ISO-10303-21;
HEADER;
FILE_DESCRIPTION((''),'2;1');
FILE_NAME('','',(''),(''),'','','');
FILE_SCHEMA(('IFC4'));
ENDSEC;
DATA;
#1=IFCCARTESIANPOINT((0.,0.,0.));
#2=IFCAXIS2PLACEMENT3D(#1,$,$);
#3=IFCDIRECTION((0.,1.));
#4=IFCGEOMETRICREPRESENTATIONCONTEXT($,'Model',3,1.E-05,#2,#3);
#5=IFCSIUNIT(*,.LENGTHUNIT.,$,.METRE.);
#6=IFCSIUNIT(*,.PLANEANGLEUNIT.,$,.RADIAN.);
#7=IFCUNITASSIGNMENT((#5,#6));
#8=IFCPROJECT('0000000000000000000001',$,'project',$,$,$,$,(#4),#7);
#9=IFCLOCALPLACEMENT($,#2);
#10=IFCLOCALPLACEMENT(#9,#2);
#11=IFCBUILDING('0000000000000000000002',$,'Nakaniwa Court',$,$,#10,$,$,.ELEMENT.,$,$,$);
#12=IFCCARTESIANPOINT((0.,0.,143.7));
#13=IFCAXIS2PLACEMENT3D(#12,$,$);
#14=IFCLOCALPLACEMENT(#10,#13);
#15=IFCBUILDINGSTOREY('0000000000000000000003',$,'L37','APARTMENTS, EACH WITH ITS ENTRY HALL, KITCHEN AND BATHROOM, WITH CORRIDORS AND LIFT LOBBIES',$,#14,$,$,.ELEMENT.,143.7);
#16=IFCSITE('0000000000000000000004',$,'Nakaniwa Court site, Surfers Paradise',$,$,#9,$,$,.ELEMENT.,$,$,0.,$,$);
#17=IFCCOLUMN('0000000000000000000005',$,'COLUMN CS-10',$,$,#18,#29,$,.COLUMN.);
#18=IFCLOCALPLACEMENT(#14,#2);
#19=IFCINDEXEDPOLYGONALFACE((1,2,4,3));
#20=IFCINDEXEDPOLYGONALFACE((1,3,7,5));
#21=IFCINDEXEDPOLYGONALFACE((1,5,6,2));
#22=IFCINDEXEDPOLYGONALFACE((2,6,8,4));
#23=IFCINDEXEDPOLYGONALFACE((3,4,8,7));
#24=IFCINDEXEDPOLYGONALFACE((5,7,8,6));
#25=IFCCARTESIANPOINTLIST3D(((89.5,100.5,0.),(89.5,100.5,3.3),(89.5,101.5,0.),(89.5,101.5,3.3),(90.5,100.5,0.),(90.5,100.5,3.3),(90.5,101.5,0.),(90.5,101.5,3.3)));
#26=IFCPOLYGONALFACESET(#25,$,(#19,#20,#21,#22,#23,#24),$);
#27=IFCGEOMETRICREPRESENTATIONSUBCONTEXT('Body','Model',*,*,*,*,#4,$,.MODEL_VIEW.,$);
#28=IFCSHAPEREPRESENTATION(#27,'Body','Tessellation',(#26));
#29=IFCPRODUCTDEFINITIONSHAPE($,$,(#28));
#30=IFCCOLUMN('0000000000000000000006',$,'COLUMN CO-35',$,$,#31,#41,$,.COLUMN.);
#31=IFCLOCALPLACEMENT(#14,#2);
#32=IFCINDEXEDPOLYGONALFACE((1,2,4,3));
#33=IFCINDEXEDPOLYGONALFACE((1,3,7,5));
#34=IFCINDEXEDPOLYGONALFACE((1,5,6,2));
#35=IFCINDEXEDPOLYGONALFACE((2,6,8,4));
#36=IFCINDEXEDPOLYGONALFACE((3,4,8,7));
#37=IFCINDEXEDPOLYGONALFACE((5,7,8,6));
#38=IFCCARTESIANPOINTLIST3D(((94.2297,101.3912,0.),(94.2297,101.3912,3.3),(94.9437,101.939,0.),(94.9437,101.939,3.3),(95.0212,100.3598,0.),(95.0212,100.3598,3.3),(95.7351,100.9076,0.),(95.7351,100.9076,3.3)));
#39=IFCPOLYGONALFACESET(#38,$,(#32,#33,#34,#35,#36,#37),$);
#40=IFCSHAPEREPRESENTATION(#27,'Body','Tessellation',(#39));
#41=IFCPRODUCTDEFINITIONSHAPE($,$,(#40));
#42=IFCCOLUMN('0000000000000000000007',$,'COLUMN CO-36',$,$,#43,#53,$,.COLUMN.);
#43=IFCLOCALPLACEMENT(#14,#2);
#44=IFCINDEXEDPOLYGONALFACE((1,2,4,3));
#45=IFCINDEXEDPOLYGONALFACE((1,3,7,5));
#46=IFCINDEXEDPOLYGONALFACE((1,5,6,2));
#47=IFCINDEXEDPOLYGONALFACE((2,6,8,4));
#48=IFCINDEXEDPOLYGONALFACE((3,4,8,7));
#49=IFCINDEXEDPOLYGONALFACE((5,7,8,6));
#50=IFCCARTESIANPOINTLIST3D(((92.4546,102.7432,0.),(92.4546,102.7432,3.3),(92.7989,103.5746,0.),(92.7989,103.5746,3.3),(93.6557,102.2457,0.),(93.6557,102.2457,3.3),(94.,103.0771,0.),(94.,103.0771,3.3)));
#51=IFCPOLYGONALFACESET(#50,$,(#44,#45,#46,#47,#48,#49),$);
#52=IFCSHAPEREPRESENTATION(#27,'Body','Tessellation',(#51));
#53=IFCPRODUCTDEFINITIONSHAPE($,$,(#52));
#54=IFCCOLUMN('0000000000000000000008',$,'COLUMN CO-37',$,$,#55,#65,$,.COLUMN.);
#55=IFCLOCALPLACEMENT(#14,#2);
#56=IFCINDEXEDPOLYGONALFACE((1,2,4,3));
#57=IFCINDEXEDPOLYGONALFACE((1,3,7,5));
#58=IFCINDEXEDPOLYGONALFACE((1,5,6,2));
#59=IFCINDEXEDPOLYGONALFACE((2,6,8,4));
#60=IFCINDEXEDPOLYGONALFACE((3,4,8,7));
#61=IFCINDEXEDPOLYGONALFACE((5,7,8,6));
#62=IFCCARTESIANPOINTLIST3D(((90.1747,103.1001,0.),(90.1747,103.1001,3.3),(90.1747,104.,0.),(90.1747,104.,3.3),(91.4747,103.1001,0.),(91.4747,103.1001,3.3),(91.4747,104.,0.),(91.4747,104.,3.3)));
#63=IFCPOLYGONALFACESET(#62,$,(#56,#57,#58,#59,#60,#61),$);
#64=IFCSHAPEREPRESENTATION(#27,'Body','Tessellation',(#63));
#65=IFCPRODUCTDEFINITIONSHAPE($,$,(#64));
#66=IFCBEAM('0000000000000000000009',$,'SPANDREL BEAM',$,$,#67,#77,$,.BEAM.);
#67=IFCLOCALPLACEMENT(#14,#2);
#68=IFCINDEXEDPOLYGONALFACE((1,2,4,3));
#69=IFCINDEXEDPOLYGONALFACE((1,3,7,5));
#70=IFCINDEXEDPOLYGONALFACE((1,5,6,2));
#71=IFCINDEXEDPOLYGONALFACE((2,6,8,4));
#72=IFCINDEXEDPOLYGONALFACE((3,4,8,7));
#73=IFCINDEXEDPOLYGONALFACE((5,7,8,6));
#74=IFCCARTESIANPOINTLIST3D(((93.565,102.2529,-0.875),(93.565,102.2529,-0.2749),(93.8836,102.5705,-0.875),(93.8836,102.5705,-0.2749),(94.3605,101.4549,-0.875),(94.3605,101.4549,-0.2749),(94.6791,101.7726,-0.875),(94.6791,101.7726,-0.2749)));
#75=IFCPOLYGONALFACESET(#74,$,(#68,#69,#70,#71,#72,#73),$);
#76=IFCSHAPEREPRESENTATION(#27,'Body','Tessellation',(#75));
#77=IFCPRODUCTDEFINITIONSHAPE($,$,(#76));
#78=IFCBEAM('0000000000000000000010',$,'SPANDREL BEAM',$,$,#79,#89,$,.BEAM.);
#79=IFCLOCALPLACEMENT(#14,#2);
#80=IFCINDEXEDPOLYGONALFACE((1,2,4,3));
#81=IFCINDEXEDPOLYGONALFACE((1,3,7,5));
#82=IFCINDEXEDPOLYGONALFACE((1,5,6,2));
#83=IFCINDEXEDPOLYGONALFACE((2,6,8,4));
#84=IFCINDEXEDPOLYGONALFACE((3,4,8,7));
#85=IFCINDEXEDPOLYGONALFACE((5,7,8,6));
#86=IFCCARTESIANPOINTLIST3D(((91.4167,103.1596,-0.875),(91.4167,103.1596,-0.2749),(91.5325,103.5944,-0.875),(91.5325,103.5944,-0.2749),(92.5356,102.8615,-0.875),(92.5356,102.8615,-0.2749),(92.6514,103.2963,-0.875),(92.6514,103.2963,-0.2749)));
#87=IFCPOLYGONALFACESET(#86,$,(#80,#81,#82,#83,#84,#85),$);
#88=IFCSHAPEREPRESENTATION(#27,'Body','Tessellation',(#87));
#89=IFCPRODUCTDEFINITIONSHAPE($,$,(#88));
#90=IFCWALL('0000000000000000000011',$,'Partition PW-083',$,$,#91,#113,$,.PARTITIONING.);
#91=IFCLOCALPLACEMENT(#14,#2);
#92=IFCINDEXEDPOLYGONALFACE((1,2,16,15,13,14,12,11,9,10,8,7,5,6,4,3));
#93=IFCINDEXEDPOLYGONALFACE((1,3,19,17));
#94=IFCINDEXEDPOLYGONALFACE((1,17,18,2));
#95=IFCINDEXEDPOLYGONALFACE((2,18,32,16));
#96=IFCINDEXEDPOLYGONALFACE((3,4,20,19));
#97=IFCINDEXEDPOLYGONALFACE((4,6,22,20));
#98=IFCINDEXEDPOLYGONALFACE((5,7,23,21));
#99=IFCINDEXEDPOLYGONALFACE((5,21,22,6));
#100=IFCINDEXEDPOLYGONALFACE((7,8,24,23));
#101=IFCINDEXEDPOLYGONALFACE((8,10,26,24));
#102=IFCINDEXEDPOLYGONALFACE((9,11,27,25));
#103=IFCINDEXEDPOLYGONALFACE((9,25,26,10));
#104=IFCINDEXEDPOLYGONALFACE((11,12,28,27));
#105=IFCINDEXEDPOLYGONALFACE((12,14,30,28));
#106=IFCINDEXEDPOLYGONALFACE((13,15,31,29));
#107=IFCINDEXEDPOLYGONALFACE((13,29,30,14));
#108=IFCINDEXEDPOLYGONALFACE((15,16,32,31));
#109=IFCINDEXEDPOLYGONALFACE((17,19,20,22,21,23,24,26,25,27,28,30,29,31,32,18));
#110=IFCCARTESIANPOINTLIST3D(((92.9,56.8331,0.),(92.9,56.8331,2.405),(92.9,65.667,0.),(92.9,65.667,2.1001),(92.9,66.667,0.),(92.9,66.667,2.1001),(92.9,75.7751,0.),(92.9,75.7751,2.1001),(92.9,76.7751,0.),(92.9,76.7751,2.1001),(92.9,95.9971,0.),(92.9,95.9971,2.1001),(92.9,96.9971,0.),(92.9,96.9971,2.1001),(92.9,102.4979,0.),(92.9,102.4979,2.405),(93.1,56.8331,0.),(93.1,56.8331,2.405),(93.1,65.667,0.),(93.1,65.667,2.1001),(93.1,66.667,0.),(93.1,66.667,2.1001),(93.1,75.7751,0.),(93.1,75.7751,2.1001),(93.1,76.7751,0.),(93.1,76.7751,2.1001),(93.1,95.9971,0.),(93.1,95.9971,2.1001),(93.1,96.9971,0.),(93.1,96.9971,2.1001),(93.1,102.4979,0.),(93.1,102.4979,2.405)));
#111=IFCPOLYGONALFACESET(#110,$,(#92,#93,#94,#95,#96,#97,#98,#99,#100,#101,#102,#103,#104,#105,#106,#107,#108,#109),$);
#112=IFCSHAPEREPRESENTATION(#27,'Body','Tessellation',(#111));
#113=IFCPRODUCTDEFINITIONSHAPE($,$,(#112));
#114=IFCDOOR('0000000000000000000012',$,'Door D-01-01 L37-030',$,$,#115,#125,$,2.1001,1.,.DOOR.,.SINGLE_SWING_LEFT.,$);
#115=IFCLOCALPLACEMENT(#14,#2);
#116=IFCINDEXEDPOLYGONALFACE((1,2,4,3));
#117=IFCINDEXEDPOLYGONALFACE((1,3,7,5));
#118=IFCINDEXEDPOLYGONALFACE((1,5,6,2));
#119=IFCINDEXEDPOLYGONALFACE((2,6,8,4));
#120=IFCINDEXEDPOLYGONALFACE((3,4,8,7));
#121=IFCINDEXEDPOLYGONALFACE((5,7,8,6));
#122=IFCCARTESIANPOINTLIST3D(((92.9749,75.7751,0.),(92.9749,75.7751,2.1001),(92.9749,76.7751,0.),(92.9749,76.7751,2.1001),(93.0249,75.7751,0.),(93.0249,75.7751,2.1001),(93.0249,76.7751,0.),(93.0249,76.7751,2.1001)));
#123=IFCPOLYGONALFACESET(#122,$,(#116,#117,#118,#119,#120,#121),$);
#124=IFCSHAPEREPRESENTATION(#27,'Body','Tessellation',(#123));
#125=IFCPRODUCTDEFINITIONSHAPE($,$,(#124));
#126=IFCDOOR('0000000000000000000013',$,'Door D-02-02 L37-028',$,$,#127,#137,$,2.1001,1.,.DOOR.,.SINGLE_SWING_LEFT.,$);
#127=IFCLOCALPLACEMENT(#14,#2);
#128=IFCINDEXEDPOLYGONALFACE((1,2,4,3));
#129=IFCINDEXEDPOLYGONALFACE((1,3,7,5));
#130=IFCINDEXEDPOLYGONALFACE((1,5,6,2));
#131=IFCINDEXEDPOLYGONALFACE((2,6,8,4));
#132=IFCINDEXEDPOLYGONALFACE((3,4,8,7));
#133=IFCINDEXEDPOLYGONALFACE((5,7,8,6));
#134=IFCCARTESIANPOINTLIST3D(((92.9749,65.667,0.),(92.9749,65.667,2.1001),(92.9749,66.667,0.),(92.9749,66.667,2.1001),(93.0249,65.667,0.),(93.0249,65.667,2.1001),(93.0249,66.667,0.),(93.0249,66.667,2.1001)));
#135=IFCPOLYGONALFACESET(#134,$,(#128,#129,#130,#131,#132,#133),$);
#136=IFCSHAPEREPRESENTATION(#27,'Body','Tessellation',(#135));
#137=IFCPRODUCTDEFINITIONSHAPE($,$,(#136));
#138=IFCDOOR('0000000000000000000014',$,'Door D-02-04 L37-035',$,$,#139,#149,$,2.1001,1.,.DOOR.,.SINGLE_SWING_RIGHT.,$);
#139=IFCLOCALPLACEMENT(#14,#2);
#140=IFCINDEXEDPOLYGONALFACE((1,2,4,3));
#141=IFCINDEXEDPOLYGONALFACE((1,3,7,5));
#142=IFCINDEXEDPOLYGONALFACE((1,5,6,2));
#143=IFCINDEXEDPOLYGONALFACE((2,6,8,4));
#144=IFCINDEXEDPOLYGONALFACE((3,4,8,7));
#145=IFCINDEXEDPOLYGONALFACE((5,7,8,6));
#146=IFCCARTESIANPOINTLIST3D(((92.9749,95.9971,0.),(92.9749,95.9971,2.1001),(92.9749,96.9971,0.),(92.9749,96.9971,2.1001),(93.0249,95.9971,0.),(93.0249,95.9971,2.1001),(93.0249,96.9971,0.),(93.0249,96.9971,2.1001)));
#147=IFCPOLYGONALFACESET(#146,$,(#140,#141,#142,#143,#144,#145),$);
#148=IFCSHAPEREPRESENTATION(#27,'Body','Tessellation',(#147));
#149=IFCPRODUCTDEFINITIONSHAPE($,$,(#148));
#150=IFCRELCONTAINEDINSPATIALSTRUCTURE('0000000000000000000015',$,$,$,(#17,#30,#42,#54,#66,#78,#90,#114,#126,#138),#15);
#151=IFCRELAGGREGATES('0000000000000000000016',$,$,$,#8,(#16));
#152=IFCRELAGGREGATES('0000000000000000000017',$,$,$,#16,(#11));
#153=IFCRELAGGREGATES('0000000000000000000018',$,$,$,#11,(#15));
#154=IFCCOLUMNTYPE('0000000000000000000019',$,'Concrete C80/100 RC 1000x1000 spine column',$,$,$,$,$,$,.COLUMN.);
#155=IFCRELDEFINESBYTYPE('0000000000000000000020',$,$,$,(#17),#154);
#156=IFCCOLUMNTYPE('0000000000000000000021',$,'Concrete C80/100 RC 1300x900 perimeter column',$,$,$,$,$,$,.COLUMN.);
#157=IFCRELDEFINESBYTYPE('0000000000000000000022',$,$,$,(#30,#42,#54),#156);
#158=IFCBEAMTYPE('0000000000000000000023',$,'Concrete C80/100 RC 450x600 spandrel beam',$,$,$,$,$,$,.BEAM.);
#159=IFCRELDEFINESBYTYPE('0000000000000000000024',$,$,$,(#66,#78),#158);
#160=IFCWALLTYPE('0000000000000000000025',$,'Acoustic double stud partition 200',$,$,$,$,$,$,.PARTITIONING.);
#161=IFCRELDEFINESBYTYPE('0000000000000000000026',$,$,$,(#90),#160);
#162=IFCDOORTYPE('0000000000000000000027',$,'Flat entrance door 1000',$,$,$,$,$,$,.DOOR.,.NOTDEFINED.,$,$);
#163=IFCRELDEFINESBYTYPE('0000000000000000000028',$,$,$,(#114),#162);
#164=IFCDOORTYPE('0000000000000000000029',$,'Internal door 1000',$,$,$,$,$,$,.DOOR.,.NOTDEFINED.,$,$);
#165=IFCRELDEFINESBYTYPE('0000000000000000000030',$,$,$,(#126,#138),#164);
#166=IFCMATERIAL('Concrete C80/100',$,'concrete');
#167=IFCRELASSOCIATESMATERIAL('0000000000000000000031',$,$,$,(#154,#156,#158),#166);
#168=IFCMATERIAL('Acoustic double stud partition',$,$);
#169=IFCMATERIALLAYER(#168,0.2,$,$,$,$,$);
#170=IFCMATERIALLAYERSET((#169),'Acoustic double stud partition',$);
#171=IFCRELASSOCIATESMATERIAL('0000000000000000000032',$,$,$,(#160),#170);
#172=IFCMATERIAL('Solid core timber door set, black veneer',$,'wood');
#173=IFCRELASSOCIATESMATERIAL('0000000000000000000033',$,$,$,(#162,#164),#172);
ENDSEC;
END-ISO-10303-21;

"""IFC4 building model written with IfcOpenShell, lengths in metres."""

from ifc_helpers import new_model, si_unit, direction, frame, frame_2d, origin, origin_2d, place, context, subcontext, project, spatial, rectangle, extrude, material, layer, layer_set, material_profile, profile_set, type_object, element, fill, save


model = new_model("IFC4")

# Units and contexts
model_context = context("Model", 3, precision=1e-05, world=origin(), true_north=direction((0.0, 1.0)))
body_context = subcontext(model_context, "Body", "Model", "MODEL_VIEW")
ifc_project = project(units=[si_unit("LENGTHUNIT", "METRE"), si_unit("PLANEANGLEUNIT", "RADIAN")], contexts=[model_context])

# Site, building, storey
site_placement = place(None, origin())
site = spatial("IfcSite", under=ifc_project, at=site_placement, Name="Nakaniwa Court site, Surfers Paradise", CompositionType="ELEMENT", RefElevation=0.0)
building_placement = place(site_placement, origin())
building = spatial("IfcBuilding", under=site, at=building_placement, Name="Nakaniwa Court", CompositionType="ELEMENT")
storey_placement = place(building_placement, frame((0.0, 0.0, 143.7)))
storey = spatial("IfcBuildingStorey", under=building, at=storey_placement, Name="L37", Description="APARTMENTS, EACH WITH ITS ENTRY HALL, KITCHEN AND BATHROOM, WITH CORRIDORS AND LIFT LOBBIES", CompositionType="ELEMENT", Elevation=143.7)

# Columns
ifc_material_1 = material(Name="Concrete C80/100", Category="concrete")
ifc_material_profile_1 = material_profile(ifc_material_1, rectangle(XDim=1.0, YDim=1.0, at=origin_2d()), Name="Concrete C80/100 RC 1000x1000 spine column")
ifc_profile_set_1 = profile_set([ifc_material_profile_1], Name="Concrete C80/100")
column_type_1 = type_object("IfcColumnType", Name="Concrete C80/100 RC 1000x1000 spine column", PredefinedType="COLUMN", material=ifc_profile_set_1)
column_placement = place(storey_placement, frame((90.0, 101.0, 0.0), z_axis=(0.0, 0.0, 1.0), x_axis=(0.0, 1.0, 0.0)))
element("IfcColumn", 1, at=column_placement, inside=storey, type_object=column_type_1, Name="COLUMN CS-10", PredefinedType="COLUMN", context=body_context, shape_type="SweptSolid", body=[
    extrude(rectangle(XDim=1.0, YDim=1.0, at=origin_2d()), origin(), (0.0, 0.0, 1.0), 3.3),
])
ifc_material_profile_2 = material_profile(ifc_material_1, rectangle(XDim=1.3, YDim=0.8999, at=origin_2d()), Name="Concrete C80/100 RC 1300x900 perimeter column")
ifc_profile_set_2 = profile_set([ifc_material_profile_2], Name="Concrete C80/100")
column_type_2 = type_object("IfcColumnType", Name="Concrete C80/100 RC 1300x900 perimeter column", PredefinedType="COLUMN", material=ifc_profile_set_2)
for number, where, z_axis, x_axis, name in (
    (2, (94.9824, 101.1494, 0.0), (0.0, 0.0, 1.0), (-0.608761, 0.793353, 0.0), "COLUMN CO-35"),
    (3, (93.2273, 102.9102, 0.0), (0.0, 0.0, 1.0), (-0.92388, 0.382683, 0.0), "COLUMN CO-36"),
    (4, (90.8247, 103.55, 0.0), (0.0, 0.0, 1.0), (-1.0, 0.0, 0.0), "COLUMN CO-37"),
):
    element("IfcColumn", number, at=place(storey_placement, frame(where, z_axis=z_axis, x_axis=x_axis)), inside=storey, type_object=column_type_2, Name=name, PredefinedType="COLUMN", context=body_context, shape_type="SweptSolid", body=[
        extrude(rectangle(XDim=1.3, YDim=0.8999, at=origin_2d()), origin(), (0.0, 0.0, 1.0), 3.3),
    ])

# Beams
ifc_material_profile_3 = material_profile(ifc_material_1, rectangle(XDim=0.45, YDim=0.6001, at=origin_2d()), Name="Concrete C80/100 RC 450x600 spandrel beam")
ifc_profile_set_3 = profile_set([ifc_material_profile_3], Name="Concrete C80/100")
beam_type = type_object("IfcBeamType", Name="Concrete C80/100 RC 450x600 spandrel beam", PredefinedType="BEAM", material=ifc_profile_set_3)
beam_1_placement = place(storey_placement, frame((94.5198, 101.6138, -0.575), z_axis=(-0.706022, 0.708189, 0.0), x_axis=(-0.708189, -0.706022, 0.0)))
element("IfcBeam", 5, at=beam_1_placement, inside=storey, type_object=beam_type, Name="SPANDREL BEAM", PredefinedType="BEAM", context=body_context, shape_type="SweptSolid", body=[
    extrude(rectangle(XDim=0.45, YDim=0.6001, at=origin_2d()), origin(), (0.0, 0.0, 1.0), 1.1267),
])
beam_2_placement = place(storey_placement, frame((92.5935, 103.0789, -0.575), z_axis=(-0.966294, 0.25744, 0.0), x_axis=(-0.25744, -0.966294, 0.0)))
element("IfcBeam", 6, at=beam_2_placement, inside=storey, type_object=beam_type, Name="SPANDREL BEAM", PredefinedType="BEAM", context=body_context, shape_type="SweptSolid", body=[
    extrude(rectangle(XDim=0.45, YDim=0.6001, at=origin_2d()), origin(), (0.0, 0.0, 1.0), 1.158),
])

# Wall, openings, doors
ifc_material_2 = material(Name="Acoustic double stud partition")
ifc_layer_1 = layer(ifc_material_2, 0.2)
ifc_layer_set_1 = layer_set([ifc_layer_1], Name="Acoustic double stud partition")
wall_type_1 = type_object("IfcWallType", Name="Acoustic double stud partition 200", PredefinedType="PARTITIONING", material=ifc_layer_set_1)
wall_1_placement = place(storey_placement, frame((93.0, 102.498, 0.0), z_axis=(0.0, 0.0, 1.0), x_axis=(0.0, -1.0, 0.0)))
wall_1 = element("IfcWall", 7, at=wall_1_placement, inside=storey, type_object=wall_type_1, Name="Partition PW-083", PredefinedType="PARTITIONING", context=body_context, shape_type="SweptSolid", body=[
    extrude(rectangle(XDim=45.6648, YDim=0.2, at=frame_2d((22.8325, 0.0))), origin(), (0.0, 0.0, 1.0), 2.405),
])
opening_1_placement = place(wall_1_placement, frame((35.8311, 0.0, 0.0)))
opening_1 = element("IfcOpeningElement", 8, at=opening_1_placement, cuts=wall_1, PredefinedType="OPENING", context=body_context, shape_type="SweptSolid", body=[
    extrude(rectangle(XDim=1.0, YDim=2.1001, at=frame_2d((0.5, 1.05))), frame((0.0, 0.1099, 0.0), z_axis=(0.0, -1.0, 0.0), x_axis=(1.0, 0.0, 0.0)), (0.0, 0.0, 1.0), 0.22),
])
opening_2_placement = place(wall_1_placement, frame((25.7229, 0.0, 0.0)))
opening_2 = element("IfcOpeningElement", 9, at=opening_2_placement, cuts=wall_1, PredefinedType="OPENING", context=body_context, shape_type="SweptSolid", body=[
    extrude(rectangle(XDim=1.0, YDim=2.1001, at=frame_2d((0.5, 1.05))), frame((0.0, 0.1099, 0.0), z_axis=(0.0, -1.0, 0.0), x_axis=(1.0, 0.0, 0.0)), (0.0, 0.0, 1.0), 0.22),
])
opening_3_placement = place(wall_1_placement, frame((5.501, 0.0, 0.0)))
opening_3 = element("IfcOpeningElement", 10, at=opening_3_placement, cuts=wall_1, PredefinedType="OPENING", context=body_context, shape_type="SweptSolid", body=[
    extrude(rectangle(XDim=1.0, YDim=2.1001, at=frame_2d((0.5, 1.05))), frame((0.0, 0.1099, 0.0), z_axis=(0.0, -1.0, 0.0), x_axis=(1.0, 0.0, 0.0)), (0.0, 0.0, 1.0), 0.22),
])
ifc_material_3 = material(Name="Solid core timber door set, black veneer", Category="wood")
door_type_1 = type_object("IfcDoorType", Name="Flat entrance door 1000", OperationType="NOTDEFINED", PredefinedType="DOOR", material=ifc_material_3)
door_1_placement = place(opening_2_placement, origin())
door_1 = element("IfcDoor", 11, at=door_1_placement, inside=storey, type_object=door_type_1, Name="Door D-01-01 L37-030", OperationType="SINGLE_SWING_LEFT", OverallHeight=2.1001, OverallWidth=1.0, PredefinedType="DOOR", context=body_context, shape_type="SweptSolid", body=[
    extrude(rectangle(XDim=1.0, YDim=2.1001, at=frame_2d((0.5, 1.05))), frame((0.0, 0.0249, 0.0), z_axis=(0.0, -1.0, 0.0), x_axis=(1.0, 0.0, 0.0)), (0.0, 0.0, 1.0), 0.05),
])
fill(opening_2, door_1)
door_type_2 = type_object("IfcDoorType", Name="Internal door 1000", OperationType="NOTDEFINED", PredefinedType="DOOR", material=ifc_material_3)
door_2_placement = place(opening_1_placement, origin())
door_2 = element("IfcDoor", 12, at=door_2_placement, inside=storey, type_object=door_type_2, Name="Door D-02-02 L37-028", OperationType="SINGLE_SWING_LEFT", OverallHeight=2.1001, OverallWidth=1.0, PredefinedType="DOOR", context=body_context, shape_type="SweptSolid", body=[
    extrude(rectangle(XDim=1.0, YDim=2.1001, at=frame_2d((0.5, 1.05))), frame((0.0, 0.0249, 0.0), z_axis=(0.0, -1.0, 0.0), x_axis=(1.0, 0.0, 0.0)), (0.0, 0.0, 1.0), 0.05),
])
fill(opening_1, door_2)
door_3_placement = place(opening_3_placement, origin())
door_3 = element("IfcDoor", 13, at=door_3_placement, inside=storey, type_object=door_type_2, Name="Door D-02-04 L37-035", OperationType="SINGLE_SWING_RIGHT", OverallHeight=2.1001, OverallWidth=1.0, PredefinedType="DOOR", context=body_context, shape_type="SweptSolid", body=[
    extrude(rectangle(XDim=1.0, YDim=2.1001, at=frame_2d((0.5, 1.05))), frame((0.0, 0.0249, 0.0), z_axis=(0.0, -1.0, 0.0), x_axis=(1.0, 0.0, 0.0)), (0.0, 0.0, 1.0), 0.05),
])
fill(opening_3, door_3)

save(model, "model.ifc")
